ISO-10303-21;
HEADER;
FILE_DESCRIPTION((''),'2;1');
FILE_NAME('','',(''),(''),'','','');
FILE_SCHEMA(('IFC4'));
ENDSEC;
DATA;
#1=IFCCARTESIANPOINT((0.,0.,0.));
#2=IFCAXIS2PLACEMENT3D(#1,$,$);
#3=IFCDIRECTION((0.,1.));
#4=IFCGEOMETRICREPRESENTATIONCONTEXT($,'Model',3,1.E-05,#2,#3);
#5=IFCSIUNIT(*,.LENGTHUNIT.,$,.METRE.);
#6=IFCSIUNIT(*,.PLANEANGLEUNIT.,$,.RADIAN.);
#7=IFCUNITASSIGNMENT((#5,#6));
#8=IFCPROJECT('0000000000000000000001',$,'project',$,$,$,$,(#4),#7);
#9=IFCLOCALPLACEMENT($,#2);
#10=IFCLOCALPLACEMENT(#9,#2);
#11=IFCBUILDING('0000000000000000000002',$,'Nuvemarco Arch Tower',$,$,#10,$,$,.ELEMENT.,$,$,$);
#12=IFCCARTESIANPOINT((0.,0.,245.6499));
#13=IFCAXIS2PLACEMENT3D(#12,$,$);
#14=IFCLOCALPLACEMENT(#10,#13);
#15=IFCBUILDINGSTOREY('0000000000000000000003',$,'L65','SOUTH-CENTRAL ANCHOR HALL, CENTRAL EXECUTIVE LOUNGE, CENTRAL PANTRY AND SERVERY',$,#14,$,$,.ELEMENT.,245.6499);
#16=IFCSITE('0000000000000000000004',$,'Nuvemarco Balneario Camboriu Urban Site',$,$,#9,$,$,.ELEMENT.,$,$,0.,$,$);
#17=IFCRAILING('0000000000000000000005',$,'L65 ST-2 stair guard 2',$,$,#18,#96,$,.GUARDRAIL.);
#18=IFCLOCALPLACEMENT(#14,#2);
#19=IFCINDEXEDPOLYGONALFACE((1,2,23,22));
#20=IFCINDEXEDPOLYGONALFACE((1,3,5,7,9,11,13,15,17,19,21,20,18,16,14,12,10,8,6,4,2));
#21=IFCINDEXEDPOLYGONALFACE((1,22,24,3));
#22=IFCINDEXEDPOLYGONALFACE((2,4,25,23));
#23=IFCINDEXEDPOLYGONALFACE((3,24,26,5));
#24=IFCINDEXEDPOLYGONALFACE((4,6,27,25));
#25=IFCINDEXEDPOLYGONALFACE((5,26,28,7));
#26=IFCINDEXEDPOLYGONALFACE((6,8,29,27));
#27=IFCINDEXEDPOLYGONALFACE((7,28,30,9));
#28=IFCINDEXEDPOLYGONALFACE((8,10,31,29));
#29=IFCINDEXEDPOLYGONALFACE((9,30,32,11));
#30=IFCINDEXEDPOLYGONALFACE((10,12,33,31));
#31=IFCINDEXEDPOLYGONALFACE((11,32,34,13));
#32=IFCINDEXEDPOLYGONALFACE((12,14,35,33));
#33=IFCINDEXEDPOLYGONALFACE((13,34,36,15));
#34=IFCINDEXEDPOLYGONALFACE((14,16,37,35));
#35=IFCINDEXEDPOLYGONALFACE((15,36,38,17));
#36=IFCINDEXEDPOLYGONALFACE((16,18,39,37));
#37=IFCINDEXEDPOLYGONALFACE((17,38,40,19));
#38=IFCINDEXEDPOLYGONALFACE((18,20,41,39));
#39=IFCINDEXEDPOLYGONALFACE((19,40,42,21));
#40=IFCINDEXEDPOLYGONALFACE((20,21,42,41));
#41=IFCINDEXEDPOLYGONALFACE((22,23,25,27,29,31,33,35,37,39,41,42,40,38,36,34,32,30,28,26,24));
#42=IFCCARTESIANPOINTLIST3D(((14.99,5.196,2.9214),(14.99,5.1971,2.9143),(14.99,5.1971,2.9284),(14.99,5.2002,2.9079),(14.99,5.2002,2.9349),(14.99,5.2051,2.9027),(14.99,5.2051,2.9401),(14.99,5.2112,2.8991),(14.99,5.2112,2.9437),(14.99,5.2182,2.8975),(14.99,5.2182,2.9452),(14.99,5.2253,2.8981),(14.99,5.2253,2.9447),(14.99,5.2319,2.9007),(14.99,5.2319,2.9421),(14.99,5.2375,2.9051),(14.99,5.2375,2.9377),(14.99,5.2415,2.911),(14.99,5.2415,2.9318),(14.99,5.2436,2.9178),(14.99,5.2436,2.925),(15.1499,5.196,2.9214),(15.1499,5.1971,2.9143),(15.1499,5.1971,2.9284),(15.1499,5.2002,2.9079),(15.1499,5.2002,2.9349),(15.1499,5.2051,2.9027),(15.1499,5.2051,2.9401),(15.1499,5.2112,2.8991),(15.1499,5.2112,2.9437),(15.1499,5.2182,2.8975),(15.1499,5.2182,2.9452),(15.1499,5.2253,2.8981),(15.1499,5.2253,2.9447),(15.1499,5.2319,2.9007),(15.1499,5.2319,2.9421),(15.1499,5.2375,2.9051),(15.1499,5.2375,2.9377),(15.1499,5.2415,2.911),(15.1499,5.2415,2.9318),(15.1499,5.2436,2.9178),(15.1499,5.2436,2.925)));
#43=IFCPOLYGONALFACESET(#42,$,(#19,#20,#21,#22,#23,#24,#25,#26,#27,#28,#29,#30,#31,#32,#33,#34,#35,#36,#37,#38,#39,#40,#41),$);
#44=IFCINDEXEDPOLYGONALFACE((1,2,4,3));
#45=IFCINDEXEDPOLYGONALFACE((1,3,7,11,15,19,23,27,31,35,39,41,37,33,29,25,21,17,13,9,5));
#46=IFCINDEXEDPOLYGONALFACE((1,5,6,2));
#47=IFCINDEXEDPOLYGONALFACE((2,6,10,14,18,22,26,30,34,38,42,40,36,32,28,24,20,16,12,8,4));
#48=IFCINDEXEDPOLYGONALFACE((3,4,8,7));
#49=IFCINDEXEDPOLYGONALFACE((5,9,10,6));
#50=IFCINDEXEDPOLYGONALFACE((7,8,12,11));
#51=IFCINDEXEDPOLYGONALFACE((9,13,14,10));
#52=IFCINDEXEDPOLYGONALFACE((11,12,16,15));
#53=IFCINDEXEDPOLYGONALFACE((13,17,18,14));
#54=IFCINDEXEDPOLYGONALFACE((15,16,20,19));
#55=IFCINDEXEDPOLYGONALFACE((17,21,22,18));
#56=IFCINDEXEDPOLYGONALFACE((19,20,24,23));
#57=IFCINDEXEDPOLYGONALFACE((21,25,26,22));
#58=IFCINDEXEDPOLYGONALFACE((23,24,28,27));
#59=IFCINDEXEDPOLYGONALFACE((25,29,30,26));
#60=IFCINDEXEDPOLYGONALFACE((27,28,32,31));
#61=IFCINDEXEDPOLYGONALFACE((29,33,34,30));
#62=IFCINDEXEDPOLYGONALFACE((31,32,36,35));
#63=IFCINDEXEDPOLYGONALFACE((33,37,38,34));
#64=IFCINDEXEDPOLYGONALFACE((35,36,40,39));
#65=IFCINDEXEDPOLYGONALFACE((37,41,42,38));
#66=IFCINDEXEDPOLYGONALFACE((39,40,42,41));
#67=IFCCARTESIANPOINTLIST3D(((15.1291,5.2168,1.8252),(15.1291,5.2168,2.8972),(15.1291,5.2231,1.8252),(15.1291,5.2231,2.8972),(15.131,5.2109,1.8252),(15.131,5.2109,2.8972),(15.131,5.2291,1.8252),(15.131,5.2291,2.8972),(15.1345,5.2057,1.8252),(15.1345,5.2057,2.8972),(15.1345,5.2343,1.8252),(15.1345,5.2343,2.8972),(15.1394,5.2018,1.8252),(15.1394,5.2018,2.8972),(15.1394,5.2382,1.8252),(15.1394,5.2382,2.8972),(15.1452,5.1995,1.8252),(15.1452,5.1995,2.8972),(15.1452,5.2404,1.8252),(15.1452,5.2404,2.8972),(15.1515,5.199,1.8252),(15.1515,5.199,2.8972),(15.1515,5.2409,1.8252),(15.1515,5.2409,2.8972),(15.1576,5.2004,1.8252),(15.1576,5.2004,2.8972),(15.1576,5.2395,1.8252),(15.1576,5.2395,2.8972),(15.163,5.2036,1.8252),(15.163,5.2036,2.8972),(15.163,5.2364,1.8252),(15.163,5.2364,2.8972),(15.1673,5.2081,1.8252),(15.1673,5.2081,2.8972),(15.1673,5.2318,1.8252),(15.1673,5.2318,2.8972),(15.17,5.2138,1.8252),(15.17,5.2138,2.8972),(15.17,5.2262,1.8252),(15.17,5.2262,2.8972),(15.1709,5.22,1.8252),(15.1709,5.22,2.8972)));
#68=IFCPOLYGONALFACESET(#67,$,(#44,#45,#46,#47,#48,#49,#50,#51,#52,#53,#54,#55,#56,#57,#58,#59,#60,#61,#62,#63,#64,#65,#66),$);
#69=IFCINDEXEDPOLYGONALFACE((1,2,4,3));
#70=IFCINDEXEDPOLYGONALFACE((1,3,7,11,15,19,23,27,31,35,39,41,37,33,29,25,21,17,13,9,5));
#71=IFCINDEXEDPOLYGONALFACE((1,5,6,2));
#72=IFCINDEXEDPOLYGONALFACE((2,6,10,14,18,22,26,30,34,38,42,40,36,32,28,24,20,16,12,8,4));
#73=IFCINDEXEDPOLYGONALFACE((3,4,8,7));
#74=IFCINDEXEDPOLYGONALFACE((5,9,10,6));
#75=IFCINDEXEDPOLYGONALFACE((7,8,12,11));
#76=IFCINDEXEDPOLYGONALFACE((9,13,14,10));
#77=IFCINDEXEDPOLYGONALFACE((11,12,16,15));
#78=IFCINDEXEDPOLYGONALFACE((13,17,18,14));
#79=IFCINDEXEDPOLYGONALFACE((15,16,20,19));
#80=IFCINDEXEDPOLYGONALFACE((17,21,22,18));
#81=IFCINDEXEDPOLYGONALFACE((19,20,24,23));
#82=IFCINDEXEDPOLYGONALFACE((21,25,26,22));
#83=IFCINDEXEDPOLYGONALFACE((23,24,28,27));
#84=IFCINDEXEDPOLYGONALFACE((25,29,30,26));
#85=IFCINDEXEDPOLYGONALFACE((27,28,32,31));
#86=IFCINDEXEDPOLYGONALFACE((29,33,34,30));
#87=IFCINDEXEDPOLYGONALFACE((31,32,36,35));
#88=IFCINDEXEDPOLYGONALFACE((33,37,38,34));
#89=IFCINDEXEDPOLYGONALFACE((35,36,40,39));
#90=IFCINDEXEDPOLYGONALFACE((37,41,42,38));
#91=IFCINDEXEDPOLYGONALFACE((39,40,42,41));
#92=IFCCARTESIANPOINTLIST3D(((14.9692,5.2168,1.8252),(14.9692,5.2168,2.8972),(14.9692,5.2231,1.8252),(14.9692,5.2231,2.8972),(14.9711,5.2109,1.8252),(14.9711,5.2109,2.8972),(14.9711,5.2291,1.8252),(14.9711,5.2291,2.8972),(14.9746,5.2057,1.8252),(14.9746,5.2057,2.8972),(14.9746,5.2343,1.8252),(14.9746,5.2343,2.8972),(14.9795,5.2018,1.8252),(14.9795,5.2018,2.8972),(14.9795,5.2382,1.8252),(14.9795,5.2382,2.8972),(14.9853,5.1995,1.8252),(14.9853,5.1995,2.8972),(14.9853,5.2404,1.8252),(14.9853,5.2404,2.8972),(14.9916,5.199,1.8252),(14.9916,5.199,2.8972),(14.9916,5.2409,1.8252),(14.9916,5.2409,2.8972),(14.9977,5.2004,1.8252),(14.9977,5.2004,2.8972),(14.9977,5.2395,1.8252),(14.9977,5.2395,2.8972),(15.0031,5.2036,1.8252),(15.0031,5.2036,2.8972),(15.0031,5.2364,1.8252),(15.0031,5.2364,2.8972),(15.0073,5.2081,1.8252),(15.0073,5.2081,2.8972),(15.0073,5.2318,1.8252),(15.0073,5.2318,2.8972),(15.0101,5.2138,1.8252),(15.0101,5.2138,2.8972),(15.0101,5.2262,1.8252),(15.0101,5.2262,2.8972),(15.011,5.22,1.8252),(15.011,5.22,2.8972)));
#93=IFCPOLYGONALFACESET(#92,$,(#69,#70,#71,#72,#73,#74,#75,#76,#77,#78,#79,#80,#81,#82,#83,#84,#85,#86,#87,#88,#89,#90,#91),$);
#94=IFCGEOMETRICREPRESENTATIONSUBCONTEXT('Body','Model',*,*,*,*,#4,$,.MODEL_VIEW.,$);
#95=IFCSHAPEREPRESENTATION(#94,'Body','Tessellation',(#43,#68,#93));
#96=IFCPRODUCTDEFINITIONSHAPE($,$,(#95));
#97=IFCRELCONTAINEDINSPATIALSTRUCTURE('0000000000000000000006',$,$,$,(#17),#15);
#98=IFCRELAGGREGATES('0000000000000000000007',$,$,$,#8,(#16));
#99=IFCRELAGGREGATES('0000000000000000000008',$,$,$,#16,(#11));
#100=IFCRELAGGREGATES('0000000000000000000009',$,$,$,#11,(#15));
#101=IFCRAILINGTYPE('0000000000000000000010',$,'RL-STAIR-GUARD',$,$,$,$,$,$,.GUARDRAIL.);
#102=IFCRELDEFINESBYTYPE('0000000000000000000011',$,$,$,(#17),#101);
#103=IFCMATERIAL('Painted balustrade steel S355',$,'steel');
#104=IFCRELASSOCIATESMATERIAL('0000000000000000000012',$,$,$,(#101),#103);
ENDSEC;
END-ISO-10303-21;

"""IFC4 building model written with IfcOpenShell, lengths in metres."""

from ifc_helpers import new_model, si_unit, direction, frame, origin, origin_2d, place, context, subcontext, project, spatial, circle, extrude, material, type_object, element, save


model = new_model("IFC4")

# Units and contexts
model_context = context("Model", 3, precision=1e-05, world=origin(), true_north=direction((0.0, 1.0)))
body_context = subcontext(model_context, "Body", "Model", "MODEL_VIEW")
ifc_project = project(units=[si_unit("LENGTHUNIT", "METRE"), si_unit("PLANEANGLEUNIT", "RADIAN")], contexts=[model_context])

# Site, building, storey
site_placement = place(None, origin())
site = spatial("IfcSite", under=ifc_project, at=site_placement, Name="Nuvemarco Balneario Camboriu Urban Site", CompositionType="ELEMENT", RefElevation=0.0)
building_placement = place(site_placement, origin())
building = spatial("IfcBuilding", under=site, at=building_placement, Name="Nuvemarco Arch Tower", CompositionType="ELEMENT")
storey_placement = place(building_placement, frame((0.0, 0.0, 245.6499)))
storey = spatial("IfcBuildingStorey", under=building, at=storey_placement, Name="L65", Description="SOUTH-CENTRAL ANCHOR HALL, CENTRAL EXECUTIVE LOUNGE, CENTRAL PANTRY AND SERVERY", CompositionType="ELEMENT", Elevation=245.6499)

# Railing
ifc_material_1 = material(Name="Painted balustrade steel S355", Category="steel")
railing_type_1 = type_object("IfcRailingType", Name="RL-STAIR-GUARD", PredefinedType="GUARDRAIL", material=ifc_material_1)
railing_1_placement = place(storey_placement, frame((15.1499, 5.22, 1.8252)))
element("IfcRailing", 1, at=railing_1_placement, inside=storey, type_object=railing_type_1, Name="L65 ST-2 stair guard 2", PredefinedType="GUARDRAIL", context=body_context, shape_type="SweptSolid", body=[
    extrude(circle(Radius=0.0239, at=origin_2d()), frame((0.0, 0.0, 1.0962), z_axis=(-1.0, 0.0, 0.0), x_axis=(0.0, -1.0, 0.0)), (0.0, 0.0, 1.0), 0.1599),
    extrude(circle(Radius=0.021, at=origin_2d()), origin(), (0.0, 0.0, 1.0), 1.072),
    extrude(circle(Radius=0.021, at=origin_2d()), frame((-0.1599, 0.0, 0.0)), (0.0, 0.0, 1.0), 1.072),
])

save(model, "model.ifc")
